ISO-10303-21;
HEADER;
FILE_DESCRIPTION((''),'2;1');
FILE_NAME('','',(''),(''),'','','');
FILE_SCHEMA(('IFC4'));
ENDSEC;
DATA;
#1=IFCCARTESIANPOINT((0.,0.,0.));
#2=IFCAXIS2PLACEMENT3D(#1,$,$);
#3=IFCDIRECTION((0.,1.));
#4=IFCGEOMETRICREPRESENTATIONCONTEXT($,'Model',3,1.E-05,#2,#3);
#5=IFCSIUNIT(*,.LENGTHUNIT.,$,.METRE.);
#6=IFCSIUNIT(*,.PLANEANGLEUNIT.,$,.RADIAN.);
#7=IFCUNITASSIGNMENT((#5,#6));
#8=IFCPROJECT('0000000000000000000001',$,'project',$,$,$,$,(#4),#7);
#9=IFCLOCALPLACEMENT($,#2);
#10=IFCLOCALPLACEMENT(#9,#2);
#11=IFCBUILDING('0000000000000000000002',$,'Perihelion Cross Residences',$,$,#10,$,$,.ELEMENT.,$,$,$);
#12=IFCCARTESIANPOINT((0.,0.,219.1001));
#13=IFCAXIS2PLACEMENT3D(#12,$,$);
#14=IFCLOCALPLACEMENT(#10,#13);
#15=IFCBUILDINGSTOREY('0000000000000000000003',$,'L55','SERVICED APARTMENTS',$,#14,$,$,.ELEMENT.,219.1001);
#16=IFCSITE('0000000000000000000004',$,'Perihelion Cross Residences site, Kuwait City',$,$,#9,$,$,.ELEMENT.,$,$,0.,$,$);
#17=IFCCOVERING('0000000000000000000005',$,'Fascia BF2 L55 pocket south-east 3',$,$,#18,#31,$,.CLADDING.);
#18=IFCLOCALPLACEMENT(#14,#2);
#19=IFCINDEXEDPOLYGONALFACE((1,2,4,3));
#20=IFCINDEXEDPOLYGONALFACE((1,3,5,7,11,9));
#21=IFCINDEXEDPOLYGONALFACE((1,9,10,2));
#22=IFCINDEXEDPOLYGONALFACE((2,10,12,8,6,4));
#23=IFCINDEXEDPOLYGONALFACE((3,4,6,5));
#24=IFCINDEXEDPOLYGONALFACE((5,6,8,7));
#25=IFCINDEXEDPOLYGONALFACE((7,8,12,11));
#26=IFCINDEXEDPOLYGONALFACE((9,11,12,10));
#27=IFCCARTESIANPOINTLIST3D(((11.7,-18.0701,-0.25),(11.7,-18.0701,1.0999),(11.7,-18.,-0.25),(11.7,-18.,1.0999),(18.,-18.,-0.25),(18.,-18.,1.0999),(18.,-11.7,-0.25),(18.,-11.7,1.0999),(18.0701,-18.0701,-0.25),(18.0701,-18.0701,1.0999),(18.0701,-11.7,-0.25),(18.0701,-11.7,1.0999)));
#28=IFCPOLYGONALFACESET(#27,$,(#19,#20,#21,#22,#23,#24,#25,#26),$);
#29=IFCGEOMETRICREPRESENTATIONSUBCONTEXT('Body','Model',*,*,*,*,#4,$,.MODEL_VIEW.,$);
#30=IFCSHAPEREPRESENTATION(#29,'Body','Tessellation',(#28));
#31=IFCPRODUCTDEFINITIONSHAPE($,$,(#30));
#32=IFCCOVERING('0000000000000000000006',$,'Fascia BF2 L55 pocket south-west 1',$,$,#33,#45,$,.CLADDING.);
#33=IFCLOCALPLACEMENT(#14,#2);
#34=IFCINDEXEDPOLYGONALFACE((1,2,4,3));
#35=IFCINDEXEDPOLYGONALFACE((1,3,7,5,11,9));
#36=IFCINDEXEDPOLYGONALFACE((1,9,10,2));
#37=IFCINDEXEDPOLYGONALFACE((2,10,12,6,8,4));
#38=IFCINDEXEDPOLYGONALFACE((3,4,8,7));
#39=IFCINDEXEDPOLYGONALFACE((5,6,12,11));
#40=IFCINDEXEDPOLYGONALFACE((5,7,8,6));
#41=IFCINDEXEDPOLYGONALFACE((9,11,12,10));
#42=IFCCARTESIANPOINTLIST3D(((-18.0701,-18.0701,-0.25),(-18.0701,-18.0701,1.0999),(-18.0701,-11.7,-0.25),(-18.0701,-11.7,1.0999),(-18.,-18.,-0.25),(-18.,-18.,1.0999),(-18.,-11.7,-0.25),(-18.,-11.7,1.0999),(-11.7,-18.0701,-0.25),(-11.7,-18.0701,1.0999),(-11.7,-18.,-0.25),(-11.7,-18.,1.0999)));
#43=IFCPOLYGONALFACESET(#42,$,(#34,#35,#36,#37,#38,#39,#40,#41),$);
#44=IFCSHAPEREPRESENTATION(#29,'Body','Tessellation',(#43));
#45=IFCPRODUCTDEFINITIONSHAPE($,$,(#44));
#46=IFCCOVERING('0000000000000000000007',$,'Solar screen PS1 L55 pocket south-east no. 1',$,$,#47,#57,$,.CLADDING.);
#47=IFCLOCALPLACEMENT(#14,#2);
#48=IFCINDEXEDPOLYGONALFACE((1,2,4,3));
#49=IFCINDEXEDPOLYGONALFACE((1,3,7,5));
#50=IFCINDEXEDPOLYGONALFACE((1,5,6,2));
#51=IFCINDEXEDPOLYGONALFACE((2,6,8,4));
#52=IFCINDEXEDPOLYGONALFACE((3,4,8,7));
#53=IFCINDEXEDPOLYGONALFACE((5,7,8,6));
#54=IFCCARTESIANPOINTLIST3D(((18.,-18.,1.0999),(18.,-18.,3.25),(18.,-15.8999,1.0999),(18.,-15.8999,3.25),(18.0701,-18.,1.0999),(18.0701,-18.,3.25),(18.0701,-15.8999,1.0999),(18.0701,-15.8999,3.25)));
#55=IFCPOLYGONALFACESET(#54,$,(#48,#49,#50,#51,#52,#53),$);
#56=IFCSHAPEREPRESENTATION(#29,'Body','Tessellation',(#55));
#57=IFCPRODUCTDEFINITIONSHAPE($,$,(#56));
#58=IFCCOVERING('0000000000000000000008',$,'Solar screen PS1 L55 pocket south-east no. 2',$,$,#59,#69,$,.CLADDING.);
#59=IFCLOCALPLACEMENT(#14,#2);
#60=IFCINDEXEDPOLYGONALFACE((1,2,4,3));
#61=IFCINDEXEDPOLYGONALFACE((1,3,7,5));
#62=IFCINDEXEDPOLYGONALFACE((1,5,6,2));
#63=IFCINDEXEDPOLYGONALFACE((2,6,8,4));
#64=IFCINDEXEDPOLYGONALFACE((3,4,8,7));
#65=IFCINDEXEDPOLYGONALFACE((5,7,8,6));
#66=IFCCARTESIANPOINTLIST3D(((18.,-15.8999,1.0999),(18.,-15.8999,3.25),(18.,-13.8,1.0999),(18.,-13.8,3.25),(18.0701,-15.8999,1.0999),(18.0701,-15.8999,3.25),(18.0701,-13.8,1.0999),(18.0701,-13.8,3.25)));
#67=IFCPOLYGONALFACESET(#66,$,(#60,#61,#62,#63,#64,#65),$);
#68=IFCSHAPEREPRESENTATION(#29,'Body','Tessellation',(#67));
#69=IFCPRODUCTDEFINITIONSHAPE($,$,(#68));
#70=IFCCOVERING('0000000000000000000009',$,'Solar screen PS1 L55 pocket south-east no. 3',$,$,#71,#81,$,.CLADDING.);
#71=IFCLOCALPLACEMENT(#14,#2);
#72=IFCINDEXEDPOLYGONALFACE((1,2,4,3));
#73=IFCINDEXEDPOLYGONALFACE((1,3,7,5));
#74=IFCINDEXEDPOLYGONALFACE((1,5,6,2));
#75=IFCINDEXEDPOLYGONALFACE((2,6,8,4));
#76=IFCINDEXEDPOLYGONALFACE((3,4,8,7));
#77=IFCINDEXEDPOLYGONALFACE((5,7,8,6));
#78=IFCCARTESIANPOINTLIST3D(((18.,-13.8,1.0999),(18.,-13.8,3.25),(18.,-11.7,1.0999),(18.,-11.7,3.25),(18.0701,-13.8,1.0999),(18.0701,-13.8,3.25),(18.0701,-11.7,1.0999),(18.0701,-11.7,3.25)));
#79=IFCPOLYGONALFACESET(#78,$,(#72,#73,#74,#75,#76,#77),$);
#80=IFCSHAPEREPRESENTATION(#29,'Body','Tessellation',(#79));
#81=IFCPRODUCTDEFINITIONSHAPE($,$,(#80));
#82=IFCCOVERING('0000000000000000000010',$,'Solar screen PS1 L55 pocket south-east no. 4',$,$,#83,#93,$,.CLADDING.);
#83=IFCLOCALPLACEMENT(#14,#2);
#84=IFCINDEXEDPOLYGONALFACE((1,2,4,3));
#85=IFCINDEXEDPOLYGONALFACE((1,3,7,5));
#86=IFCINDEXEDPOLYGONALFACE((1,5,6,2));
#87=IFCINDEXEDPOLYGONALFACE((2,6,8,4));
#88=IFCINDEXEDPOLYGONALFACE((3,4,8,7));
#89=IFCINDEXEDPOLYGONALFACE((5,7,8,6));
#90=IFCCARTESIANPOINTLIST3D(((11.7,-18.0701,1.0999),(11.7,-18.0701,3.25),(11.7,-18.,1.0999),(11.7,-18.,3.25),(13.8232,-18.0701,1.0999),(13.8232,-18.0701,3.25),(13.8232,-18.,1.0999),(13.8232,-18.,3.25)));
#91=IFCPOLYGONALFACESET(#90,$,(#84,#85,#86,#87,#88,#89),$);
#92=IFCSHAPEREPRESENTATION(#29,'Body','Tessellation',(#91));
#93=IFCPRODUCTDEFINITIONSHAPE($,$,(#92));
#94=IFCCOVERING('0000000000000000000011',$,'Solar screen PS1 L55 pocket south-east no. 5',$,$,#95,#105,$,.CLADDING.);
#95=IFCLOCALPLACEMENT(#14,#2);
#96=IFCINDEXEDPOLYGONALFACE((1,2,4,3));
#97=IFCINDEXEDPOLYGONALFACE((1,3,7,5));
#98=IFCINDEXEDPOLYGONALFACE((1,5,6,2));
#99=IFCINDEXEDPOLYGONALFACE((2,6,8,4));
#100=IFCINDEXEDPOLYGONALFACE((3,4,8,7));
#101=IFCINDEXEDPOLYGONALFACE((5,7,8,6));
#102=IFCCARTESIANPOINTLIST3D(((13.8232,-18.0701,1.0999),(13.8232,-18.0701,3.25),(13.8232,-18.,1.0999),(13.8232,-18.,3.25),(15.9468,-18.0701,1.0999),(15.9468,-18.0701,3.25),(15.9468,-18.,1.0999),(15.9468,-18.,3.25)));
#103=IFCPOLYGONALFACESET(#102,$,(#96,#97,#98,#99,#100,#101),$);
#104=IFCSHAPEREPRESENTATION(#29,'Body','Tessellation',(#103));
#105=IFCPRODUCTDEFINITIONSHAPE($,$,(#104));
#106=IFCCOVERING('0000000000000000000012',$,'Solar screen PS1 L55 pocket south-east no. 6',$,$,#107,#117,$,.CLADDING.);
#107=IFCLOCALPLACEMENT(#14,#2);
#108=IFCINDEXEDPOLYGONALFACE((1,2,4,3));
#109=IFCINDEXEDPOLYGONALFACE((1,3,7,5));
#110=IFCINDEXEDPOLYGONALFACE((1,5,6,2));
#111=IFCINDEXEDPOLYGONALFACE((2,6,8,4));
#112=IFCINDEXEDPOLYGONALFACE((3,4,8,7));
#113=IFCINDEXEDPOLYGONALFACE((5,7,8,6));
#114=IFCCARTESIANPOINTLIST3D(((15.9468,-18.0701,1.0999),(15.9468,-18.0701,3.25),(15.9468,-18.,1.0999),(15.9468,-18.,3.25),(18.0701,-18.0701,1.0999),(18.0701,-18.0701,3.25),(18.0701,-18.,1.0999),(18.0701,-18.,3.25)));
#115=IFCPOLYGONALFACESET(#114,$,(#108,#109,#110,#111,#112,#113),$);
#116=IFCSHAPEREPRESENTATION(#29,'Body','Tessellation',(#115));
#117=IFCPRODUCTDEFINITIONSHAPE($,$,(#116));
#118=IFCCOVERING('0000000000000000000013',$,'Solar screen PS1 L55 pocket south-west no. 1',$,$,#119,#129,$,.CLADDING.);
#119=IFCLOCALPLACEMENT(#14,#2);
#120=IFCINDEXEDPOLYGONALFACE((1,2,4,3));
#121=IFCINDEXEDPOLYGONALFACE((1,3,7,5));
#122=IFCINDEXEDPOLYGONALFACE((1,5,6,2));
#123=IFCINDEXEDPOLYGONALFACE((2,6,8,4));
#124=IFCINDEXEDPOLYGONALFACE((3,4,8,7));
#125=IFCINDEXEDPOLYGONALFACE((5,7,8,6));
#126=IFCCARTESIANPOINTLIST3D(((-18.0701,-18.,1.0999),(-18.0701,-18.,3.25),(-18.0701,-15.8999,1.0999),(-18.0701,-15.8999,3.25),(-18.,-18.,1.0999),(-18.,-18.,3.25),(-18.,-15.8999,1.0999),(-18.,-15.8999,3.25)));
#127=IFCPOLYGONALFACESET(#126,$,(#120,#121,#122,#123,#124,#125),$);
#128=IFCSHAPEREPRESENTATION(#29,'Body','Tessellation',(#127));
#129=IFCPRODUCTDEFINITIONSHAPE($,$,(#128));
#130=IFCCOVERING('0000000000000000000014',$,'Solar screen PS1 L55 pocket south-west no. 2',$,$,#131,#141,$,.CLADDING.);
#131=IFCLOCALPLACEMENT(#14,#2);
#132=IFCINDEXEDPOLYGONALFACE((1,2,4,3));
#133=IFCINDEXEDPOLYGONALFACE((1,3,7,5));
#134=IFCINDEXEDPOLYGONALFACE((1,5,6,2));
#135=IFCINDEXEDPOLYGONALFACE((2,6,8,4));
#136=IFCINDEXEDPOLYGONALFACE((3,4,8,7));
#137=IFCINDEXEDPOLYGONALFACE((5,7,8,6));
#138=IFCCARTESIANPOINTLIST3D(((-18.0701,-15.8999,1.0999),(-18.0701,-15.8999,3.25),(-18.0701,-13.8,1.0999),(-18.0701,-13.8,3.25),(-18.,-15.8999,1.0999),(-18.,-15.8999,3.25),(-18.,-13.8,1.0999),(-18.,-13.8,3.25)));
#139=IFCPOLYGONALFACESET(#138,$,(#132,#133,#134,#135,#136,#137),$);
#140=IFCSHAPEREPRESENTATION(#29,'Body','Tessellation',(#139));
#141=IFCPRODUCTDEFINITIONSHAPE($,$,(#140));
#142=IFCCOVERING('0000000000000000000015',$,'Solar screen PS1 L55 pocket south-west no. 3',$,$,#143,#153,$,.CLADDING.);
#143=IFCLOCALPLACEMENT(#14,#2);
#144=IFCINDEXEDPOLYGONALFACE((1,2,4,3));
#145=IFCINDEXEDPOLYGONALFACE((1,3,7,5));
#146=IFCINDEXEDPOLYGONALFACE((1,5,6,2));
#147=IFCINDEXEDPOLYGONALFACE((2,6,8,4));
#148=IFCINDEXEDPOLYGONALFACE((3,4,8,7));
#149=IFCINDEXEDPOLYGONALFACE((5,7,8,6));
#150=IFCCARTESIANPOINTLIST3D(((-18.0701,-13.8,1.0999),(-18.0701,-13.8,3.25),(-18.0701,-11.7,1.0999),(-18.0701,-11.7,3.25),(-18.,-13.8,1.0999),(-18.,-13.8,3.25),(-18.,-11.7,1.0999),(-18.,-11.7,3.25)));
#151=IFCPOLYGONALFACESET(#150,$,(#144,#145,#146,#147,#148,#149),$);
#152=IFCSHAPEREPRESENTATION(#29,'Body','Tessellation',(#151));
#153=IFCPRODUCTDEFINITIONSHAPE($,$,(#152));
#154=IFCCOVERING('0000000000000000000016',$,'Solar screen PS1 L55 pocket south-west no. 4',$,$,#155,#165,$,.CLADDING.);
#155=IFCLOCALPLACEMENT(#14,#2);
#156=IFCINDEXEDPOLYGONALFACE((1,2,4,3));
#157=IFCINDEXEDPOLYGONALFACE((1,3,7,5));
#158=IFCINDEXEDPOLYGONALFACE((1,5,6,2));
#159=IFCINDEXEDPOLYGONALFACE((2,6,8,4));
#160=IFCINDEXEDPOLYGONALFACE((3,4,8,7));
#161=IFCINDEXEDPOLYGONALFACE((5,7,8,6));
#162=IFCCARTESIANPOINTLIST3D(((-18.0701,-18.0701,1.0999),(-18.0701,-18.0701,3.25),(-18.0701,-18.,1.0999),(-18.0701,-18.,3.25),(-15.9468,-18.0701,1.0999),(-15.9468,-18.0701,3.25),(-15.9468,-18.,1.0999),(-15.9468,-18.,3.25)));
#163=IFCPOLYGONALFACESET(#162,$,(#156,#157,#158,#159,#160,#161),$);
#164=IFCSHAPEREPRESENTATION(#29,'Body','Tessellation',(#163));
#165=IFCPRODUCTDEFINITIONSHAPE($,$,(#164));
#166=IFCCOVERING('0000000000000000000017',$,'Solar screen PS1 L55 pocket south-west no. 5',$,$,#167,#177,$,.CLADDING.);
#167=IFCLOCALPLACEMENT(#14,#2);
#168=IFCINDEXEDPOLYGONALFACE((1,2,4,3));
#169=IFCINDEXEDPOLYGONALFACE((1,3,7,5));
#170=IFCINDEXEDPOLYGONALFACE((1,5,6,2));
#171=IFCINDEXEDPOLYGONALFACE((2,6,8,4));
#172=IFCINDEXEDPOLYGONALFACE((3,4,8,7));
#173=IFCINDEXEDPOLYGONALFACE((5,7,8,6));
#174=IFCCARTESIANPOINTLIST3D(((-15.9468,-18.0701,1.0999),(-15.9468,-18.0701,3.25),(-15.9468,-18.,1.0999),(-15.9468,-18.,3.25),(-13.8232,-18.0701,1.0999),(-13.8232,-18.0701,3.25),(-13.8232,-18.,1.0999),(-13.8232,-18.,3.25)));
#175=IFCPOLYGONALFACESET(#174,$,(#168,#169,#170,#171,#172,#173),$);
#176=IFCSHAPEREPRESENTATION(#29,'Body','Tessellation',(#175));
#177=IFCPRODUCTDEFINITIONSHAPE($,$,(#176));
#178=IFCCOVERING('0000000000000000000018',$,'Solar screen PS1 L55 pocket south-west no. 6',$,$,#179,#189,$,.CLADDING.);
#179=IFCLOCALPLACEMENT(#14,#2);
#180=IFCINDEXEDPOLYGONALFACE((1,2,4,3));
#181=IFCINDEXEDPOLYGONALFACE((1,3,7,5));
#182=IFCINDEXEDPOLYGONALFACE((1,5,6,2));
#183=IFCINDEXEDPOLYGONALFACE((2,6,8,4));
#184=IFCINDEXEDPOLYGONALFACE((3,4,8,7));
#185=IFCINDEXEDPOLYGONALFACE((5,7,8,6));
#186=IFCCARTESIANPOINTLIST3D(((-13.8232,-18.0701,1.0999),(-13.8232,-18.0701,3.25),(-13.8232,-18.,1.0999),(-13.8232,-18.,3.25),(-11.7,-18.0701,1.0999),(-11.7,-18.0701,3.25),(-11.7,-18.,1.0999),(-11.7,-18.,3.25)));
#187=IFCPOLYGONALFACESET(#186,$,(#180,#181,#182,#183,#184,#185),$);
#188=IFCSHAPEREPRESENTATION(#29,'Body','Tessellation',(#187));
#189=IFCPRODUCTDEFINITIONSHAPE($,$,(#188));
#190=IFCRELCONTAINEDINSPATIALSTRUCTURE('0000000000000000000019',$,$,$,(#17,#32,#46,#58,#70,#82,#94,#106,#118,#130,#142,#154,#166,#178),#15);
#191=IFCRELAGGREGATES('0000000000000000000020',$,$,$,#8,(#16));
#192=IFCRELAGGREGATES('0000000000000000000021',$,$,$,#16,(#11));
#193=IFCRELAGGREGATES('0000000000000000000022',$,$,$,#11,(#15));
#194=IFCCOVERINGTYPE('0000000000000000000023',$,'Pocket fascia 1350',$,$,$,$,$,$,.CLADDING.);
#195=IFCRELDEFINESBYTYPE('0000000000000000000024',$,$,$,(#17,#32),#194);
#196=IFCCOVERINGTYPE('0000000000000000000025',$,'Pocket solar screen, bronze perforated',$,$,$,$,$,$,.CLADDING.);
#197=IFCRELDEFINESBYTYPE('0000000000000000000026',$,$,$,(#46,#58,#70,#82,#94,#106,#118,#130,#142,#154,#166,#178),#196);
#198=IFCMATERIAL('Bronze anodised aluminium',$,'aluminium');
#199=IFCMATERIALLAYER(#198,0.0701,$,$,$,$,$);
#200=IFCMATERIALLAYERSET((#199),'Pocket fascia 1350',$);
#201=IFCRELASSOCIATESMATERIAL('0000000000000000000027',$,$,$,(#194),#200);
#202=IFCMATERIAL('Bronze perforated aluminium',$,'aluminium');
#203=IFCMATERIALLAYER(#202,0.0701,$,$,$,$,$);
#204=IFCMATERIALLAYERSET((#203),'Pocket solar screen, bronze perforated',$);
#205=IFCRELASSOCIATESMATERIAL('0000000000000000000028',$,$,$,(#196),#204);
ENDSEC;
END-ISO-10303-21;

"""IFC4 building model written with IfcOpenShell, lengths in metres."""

from ifc_helpers import new_model, si_unit, direction, frame, origin, place, context, subcontext, project, spatial, polyline, outline, extrude, material, layer, layer_set, type_object, element, save


model = new_model("IFC4")

# Units and contexts
model_context = context("Model", 3, precision=1e-05, world=origin(), true_north=direction((0.0, 1.0)))
body_context = subcontext(model_context, "Body", "Model", "MODEL_VIEW")
ifc_project = project(units=[si_unit("LENGTHUNIT", "METRE"), si_unit("PLANEANGLEUNIT", "RADIAN")], contexts=[model_context])

# Site, building, storey
site_placement = place(None, origin())
site = spatial("IfcSite", under=ifc_project, at=site_placement, Name="Perihelion Cross Residences site, Kuwait City", CompositionType="ELEMENT", RefElevation=0.0)
building_placement = place(site_placement, origin())
building = spatial("IfcBuilding", under=site, at=building_placement, Name="Perihelion Cross Residences", CompositionType="ELEMENT")
storey_placement = place(building_placement, frame((0.0, 0.0, 219.1001)))
storey = spatial("IfcBuildingStorey", under=building, at=storey_placement, Name="L55", Description="SERVICED APARTMENTS", CompositionType="ELEMENT", Elevation=219.1001)

# Coverings
ifc_material_1 = material(Name="Bronze anodised aluminium", Category="aluminium")
ifc_layer_1 = layer(ifc_material_1, 0.0701)
ifc_layer_set_1 = layer_set([ifc_layer_1], Name="Pocket fascia 1350")
covering_type_1 = type_object("IfcCoveringType", Name="Pocket fascia 1350", PredefinedType="CLADDING", material=ifc_layer_set_1)
covering_1_placement = place(storey_placement, frame((0.0, 0.0, -0.25)))
element("IfcCovering", 1, at=covering_1_placement, inside=storey, type_object=covering_type_1, Name="Fascia BF2 L55 pocket south-east 3", PredefinedType="CLADDING", context=body_context, shape_type="SweptSolid", body=[
    extrude(outline(polyline([(18.0701, -18.0701), (18.0701, -11.7), (18.0, -11.7), (18.0, -18.0), (11.7, -18.0), (11.7, -18.0701), (18.0701, -18.0701)])), origin(), (0.0, 0.0, 1.0), 1.3499),
])
covering_2_placement = place(storey_placement, frame((0.0, 0.0, -0.25)))
element("IfcCovering", 2, at=covering_2_placement, inside=storey, type_object=covering_type_1, Name="Fascia BF2 L55 pocket south-west 1", PredefinedType="CLADDING", context=body_context, shape_type="SweptSolid", body=[
    extrude(outline(polyline([(-18.0701, -11.7), (-18.0701, -18.0701), (-11.7, -18.0701), (-11.7, -18.0), (-18.0, -18.0), (-18.0, -11.7), (-18.0701, -11.7)])), origin(), (0.0, 0.0, 1.0), 1.3499),
])
ifc_material_2 = material(Name="Bronze perforated aluminium", Category="aluminium")
ifc_layer_2 = layer(ifc_material_2, 0.0701)
ifc_layer_set_2 = layer_set([ifc_layer_2], Name="Pocket solar screen, bronze perforated")
covering_type_2 = type_object("IfcCoveringType", Name="Pocket solar screen, bronze perforated", PredefinedType="CLADDING", material=ifc_layer_set_2)
covering_3_placement = place(storey_placement, frame((0.0, 0.0, 1.0999)))
element("IfcCovering", 3, at=covering_3_placement, inside=storey, type_object=covering_type_2, Name="Solar screen PS1 L55 pocket south-east no. 1", PredefinedType="CLADDING", context=body_context, shape_type="SweptSolid", body=[
    extrude(outline(polyline([(18.0701, -18.0), (18.0701, -15.8999), (18.0, -15.8999), (18.0, -18.0), (18.0701, -18.0)])), origin(), (0.0, 0.0, 1.0), 2.1501),
])
covering_4_placement = place(storey_placement, frame((0.0, 0.0, 1.0999)))
element("IfcCovering", 4, at=covering_4_placement, inside=storey, type_object=covering_type_2, Name="Solar screen PS1 L55 pocket south-east no. 2", PredefinedType="CLADDING", context=body_context, shape_type="SweptSolid", body=[
    extrude(outline(polyline([(18.0701, -15.8999), (18.0701, -13.8), (18.0, -13.8), (18.0, -15.8999), (18.0701, -15.8999)])), origin(), (0.0, 0.0, 1.0), 2.1501),
])
covering_5_placement = place(storey_placement, frame((0.0, 0.0, 1.0999)))
element("IfcCovering", 5, at=covering_5_placement, inside=storey, type_object=covering_type_2, Name="Solar screen PS1 L55 pocket south-east no. 3", PredefinedType="CLADDING", context=body_context, shape_type="SweptSolid", body=[
    extrude(outline(polyline([(18.0701, -13.8), (18.0701, -11.7), (18.0, -11.7), (18.0, -13.8), (18.0701, -13.8)])), origin(), (0.0, 0.0, 1.0), 2.1501),
])
covering_6_placement = place(storey_placement, frame((0.0, 0.0, 1.0999)))
element("IfcCovering", 6, at=covering_6_placement, inside=storey, type_object=covering_type_2, Name="Solar screen PS1 L55 pocket south-east no. 4", PredefinedType="CLADDING", context=body_context, shape_type="SweptSolid", body=[
    extrude(outline(polyline([(13.8232, -18.0701), (13.8232, -18.0), (11.7, -18.0), (11.7, -18.0701), (13.8232, -18.0701)])), origin(), (0.0, 0.0, 1.0), 2.1501),
])
covering_7_placement = place(storey_placement, frame((0.0, 0.0, 1.0999)))
element("IfcCovering", 7, at=covering_7_placement, inside=storey, type_object=covering_type_2, Name="Solar screen PS1 L55 pocket south-east no. 5", PredefinedType="CLADDING", context=body_context, shape_type="SweptSolid", body=[
    extrude(outline(polyline([(15.9468, -18.0701), (15.9468, -18.0), (13.8232, -18.0), (13.8232, -18.0701), (15.9468, -18.0701)])), origin(), (0.0, 0.0, 1.0), 2.1501),
])
covering_8_placement = place(storey_placement, frame((0.0, 0.0, 1.0999)))
element("IfcCovering", 8, at=covering_8_placement, inside=storey, type_object=covering_type_2, Name="Solar screen PS1 L55 pocket south-east no. 6", PredefinedType="CLADDING", context=body_context, shape_type="SweptSolid", body=[
    extrude(outline(polyline([(18.0701, -18.0701), (18.0701, -18.0), (15.9468, -18.0), (15.9468, -18.0701), (18.0701, -18.0701)])), origin(), (0.0, 0.0, 1.0), 2.1501),
])
covering_9_placement = place(storey_placement, frame((0.0, 0.0, 1.0999)))
element("IfcCovering", 9, at=covering_9_placement, inside=storey, type_object=covering_type_2, Name="Solar screen PS1 L55 pocket south-west no. 1", PredefinedType="CLADDING", context=body_context, shape_type="SweptSolid", body=[
    extrude(outline(polyline([(-18.0, -18.0), (-18.0, -15.8999), (-18.0701, -15.8999), (-18.0701, -18.0), (-18.0, -18.0)])), origin(), (0.0, 0.0, 1.0), 2.1501),
])
covering_10_placement = place(storey_placement, frame((0.0, 0.0, 1.0999)))
element("IfcCovering", 10, at=covering_10_placement, inside=storey, type_object=covering_type_2, Name="Solar screen PS1 L55 pocket south-west no. 2", PredefinedType="CLADDING", context=body_context, shape_type="SweptSolid", body=[
    extrude(outline(polyline([(-18.0, -15.8999), (-18.0, -13.8), (-18.0701, -13.8), (-18.0701, -15.8999), (-18.0, -15.8999)])), origin(), (0.0, 0.0, 1.0), 2.1501),
])
covering_11_placement = place(storey_placement, frame((0.0, 0.0, 1.0999)))
element("IfcCovering", 11, at=covering_11_placement, inside=storey, type_object=covering_type_2, Name="Solar screen PS1 L55 pocket south-west no. 3", PredefinedType="CLADDING", context=body_context, shape_type="SweptSolid", body=[
    extrude(outline(polyline([(-18.0, -13.8), (-18.0, -11.7), (-18.0701, -11.7), (-18.0701, -13.8), (-18.0, -13.8)])), origin(), (0.0, 0.0, 1.0), 2.1501),
])
covering_12_placement = place(storey_placement, frame((0.0, 0.0, 1.0999)))
element("IfcCovering", 12, at=covering_12_placement, inside=storey, type_object=covering_type_2, Name="Solar screen PS1 L55 pocket south-west no. 4", PredefinedType="CLADDING", context=body_context, shape_type="SweptSolid", body=[
    extrude(outline(polyline([(-15.9468, -18.0701), (-15.9468, -18.0), (-18.0701, -18.0), (-18.0701, -18.0701), (-15.9468, -18.0701)])), origin(), (0.0, 0.0, 1.0), 2.1501),
])
covering_13_placement = place(storey_placement, frame((0.0, 0.0, 1.0999)))
element("IfcCovering", 13, at=covering_13_placement, inside=storey, type_object=covering_type_2, Name="Solar screen PS1 L55 pocket south-west no. 5", PredefinedType="CLADDING", context=body_context, shape_type="SweptSolid", body=[
    extrude(outline(polyline([(-13.8232, -18.0701), (-13.8232, -18.0), (-15.9468, -18.0), (-15.9468, -18.0701), (-13.8232, -18.0701)])), origin(), (0.0, 0.0, 1.0), 2.1501),
])
covering_14_placement = place(storey_placement, frame((0.0, 0.0, 1.0999)))
element("IfcCovering", 14, at=covering_14_placement, inside=storey, type_object=covering_type_2, Name="Solar screen PS1 L55 pocket south-west no. 6", PredefinedType="CLADDING", context=body_context, shape_type="SweptSolid", body=[
    extrude(outline(polyline([(-11.7, -18.0701), (-11.7, -18.0), (-13.8232, -18.0), (-13.8232, -18.0701), (-11.7, -18.0701)])), origin(), (0.0, 0.0, 1.0), 2.1501),
])

save(model, "model.ifc")
